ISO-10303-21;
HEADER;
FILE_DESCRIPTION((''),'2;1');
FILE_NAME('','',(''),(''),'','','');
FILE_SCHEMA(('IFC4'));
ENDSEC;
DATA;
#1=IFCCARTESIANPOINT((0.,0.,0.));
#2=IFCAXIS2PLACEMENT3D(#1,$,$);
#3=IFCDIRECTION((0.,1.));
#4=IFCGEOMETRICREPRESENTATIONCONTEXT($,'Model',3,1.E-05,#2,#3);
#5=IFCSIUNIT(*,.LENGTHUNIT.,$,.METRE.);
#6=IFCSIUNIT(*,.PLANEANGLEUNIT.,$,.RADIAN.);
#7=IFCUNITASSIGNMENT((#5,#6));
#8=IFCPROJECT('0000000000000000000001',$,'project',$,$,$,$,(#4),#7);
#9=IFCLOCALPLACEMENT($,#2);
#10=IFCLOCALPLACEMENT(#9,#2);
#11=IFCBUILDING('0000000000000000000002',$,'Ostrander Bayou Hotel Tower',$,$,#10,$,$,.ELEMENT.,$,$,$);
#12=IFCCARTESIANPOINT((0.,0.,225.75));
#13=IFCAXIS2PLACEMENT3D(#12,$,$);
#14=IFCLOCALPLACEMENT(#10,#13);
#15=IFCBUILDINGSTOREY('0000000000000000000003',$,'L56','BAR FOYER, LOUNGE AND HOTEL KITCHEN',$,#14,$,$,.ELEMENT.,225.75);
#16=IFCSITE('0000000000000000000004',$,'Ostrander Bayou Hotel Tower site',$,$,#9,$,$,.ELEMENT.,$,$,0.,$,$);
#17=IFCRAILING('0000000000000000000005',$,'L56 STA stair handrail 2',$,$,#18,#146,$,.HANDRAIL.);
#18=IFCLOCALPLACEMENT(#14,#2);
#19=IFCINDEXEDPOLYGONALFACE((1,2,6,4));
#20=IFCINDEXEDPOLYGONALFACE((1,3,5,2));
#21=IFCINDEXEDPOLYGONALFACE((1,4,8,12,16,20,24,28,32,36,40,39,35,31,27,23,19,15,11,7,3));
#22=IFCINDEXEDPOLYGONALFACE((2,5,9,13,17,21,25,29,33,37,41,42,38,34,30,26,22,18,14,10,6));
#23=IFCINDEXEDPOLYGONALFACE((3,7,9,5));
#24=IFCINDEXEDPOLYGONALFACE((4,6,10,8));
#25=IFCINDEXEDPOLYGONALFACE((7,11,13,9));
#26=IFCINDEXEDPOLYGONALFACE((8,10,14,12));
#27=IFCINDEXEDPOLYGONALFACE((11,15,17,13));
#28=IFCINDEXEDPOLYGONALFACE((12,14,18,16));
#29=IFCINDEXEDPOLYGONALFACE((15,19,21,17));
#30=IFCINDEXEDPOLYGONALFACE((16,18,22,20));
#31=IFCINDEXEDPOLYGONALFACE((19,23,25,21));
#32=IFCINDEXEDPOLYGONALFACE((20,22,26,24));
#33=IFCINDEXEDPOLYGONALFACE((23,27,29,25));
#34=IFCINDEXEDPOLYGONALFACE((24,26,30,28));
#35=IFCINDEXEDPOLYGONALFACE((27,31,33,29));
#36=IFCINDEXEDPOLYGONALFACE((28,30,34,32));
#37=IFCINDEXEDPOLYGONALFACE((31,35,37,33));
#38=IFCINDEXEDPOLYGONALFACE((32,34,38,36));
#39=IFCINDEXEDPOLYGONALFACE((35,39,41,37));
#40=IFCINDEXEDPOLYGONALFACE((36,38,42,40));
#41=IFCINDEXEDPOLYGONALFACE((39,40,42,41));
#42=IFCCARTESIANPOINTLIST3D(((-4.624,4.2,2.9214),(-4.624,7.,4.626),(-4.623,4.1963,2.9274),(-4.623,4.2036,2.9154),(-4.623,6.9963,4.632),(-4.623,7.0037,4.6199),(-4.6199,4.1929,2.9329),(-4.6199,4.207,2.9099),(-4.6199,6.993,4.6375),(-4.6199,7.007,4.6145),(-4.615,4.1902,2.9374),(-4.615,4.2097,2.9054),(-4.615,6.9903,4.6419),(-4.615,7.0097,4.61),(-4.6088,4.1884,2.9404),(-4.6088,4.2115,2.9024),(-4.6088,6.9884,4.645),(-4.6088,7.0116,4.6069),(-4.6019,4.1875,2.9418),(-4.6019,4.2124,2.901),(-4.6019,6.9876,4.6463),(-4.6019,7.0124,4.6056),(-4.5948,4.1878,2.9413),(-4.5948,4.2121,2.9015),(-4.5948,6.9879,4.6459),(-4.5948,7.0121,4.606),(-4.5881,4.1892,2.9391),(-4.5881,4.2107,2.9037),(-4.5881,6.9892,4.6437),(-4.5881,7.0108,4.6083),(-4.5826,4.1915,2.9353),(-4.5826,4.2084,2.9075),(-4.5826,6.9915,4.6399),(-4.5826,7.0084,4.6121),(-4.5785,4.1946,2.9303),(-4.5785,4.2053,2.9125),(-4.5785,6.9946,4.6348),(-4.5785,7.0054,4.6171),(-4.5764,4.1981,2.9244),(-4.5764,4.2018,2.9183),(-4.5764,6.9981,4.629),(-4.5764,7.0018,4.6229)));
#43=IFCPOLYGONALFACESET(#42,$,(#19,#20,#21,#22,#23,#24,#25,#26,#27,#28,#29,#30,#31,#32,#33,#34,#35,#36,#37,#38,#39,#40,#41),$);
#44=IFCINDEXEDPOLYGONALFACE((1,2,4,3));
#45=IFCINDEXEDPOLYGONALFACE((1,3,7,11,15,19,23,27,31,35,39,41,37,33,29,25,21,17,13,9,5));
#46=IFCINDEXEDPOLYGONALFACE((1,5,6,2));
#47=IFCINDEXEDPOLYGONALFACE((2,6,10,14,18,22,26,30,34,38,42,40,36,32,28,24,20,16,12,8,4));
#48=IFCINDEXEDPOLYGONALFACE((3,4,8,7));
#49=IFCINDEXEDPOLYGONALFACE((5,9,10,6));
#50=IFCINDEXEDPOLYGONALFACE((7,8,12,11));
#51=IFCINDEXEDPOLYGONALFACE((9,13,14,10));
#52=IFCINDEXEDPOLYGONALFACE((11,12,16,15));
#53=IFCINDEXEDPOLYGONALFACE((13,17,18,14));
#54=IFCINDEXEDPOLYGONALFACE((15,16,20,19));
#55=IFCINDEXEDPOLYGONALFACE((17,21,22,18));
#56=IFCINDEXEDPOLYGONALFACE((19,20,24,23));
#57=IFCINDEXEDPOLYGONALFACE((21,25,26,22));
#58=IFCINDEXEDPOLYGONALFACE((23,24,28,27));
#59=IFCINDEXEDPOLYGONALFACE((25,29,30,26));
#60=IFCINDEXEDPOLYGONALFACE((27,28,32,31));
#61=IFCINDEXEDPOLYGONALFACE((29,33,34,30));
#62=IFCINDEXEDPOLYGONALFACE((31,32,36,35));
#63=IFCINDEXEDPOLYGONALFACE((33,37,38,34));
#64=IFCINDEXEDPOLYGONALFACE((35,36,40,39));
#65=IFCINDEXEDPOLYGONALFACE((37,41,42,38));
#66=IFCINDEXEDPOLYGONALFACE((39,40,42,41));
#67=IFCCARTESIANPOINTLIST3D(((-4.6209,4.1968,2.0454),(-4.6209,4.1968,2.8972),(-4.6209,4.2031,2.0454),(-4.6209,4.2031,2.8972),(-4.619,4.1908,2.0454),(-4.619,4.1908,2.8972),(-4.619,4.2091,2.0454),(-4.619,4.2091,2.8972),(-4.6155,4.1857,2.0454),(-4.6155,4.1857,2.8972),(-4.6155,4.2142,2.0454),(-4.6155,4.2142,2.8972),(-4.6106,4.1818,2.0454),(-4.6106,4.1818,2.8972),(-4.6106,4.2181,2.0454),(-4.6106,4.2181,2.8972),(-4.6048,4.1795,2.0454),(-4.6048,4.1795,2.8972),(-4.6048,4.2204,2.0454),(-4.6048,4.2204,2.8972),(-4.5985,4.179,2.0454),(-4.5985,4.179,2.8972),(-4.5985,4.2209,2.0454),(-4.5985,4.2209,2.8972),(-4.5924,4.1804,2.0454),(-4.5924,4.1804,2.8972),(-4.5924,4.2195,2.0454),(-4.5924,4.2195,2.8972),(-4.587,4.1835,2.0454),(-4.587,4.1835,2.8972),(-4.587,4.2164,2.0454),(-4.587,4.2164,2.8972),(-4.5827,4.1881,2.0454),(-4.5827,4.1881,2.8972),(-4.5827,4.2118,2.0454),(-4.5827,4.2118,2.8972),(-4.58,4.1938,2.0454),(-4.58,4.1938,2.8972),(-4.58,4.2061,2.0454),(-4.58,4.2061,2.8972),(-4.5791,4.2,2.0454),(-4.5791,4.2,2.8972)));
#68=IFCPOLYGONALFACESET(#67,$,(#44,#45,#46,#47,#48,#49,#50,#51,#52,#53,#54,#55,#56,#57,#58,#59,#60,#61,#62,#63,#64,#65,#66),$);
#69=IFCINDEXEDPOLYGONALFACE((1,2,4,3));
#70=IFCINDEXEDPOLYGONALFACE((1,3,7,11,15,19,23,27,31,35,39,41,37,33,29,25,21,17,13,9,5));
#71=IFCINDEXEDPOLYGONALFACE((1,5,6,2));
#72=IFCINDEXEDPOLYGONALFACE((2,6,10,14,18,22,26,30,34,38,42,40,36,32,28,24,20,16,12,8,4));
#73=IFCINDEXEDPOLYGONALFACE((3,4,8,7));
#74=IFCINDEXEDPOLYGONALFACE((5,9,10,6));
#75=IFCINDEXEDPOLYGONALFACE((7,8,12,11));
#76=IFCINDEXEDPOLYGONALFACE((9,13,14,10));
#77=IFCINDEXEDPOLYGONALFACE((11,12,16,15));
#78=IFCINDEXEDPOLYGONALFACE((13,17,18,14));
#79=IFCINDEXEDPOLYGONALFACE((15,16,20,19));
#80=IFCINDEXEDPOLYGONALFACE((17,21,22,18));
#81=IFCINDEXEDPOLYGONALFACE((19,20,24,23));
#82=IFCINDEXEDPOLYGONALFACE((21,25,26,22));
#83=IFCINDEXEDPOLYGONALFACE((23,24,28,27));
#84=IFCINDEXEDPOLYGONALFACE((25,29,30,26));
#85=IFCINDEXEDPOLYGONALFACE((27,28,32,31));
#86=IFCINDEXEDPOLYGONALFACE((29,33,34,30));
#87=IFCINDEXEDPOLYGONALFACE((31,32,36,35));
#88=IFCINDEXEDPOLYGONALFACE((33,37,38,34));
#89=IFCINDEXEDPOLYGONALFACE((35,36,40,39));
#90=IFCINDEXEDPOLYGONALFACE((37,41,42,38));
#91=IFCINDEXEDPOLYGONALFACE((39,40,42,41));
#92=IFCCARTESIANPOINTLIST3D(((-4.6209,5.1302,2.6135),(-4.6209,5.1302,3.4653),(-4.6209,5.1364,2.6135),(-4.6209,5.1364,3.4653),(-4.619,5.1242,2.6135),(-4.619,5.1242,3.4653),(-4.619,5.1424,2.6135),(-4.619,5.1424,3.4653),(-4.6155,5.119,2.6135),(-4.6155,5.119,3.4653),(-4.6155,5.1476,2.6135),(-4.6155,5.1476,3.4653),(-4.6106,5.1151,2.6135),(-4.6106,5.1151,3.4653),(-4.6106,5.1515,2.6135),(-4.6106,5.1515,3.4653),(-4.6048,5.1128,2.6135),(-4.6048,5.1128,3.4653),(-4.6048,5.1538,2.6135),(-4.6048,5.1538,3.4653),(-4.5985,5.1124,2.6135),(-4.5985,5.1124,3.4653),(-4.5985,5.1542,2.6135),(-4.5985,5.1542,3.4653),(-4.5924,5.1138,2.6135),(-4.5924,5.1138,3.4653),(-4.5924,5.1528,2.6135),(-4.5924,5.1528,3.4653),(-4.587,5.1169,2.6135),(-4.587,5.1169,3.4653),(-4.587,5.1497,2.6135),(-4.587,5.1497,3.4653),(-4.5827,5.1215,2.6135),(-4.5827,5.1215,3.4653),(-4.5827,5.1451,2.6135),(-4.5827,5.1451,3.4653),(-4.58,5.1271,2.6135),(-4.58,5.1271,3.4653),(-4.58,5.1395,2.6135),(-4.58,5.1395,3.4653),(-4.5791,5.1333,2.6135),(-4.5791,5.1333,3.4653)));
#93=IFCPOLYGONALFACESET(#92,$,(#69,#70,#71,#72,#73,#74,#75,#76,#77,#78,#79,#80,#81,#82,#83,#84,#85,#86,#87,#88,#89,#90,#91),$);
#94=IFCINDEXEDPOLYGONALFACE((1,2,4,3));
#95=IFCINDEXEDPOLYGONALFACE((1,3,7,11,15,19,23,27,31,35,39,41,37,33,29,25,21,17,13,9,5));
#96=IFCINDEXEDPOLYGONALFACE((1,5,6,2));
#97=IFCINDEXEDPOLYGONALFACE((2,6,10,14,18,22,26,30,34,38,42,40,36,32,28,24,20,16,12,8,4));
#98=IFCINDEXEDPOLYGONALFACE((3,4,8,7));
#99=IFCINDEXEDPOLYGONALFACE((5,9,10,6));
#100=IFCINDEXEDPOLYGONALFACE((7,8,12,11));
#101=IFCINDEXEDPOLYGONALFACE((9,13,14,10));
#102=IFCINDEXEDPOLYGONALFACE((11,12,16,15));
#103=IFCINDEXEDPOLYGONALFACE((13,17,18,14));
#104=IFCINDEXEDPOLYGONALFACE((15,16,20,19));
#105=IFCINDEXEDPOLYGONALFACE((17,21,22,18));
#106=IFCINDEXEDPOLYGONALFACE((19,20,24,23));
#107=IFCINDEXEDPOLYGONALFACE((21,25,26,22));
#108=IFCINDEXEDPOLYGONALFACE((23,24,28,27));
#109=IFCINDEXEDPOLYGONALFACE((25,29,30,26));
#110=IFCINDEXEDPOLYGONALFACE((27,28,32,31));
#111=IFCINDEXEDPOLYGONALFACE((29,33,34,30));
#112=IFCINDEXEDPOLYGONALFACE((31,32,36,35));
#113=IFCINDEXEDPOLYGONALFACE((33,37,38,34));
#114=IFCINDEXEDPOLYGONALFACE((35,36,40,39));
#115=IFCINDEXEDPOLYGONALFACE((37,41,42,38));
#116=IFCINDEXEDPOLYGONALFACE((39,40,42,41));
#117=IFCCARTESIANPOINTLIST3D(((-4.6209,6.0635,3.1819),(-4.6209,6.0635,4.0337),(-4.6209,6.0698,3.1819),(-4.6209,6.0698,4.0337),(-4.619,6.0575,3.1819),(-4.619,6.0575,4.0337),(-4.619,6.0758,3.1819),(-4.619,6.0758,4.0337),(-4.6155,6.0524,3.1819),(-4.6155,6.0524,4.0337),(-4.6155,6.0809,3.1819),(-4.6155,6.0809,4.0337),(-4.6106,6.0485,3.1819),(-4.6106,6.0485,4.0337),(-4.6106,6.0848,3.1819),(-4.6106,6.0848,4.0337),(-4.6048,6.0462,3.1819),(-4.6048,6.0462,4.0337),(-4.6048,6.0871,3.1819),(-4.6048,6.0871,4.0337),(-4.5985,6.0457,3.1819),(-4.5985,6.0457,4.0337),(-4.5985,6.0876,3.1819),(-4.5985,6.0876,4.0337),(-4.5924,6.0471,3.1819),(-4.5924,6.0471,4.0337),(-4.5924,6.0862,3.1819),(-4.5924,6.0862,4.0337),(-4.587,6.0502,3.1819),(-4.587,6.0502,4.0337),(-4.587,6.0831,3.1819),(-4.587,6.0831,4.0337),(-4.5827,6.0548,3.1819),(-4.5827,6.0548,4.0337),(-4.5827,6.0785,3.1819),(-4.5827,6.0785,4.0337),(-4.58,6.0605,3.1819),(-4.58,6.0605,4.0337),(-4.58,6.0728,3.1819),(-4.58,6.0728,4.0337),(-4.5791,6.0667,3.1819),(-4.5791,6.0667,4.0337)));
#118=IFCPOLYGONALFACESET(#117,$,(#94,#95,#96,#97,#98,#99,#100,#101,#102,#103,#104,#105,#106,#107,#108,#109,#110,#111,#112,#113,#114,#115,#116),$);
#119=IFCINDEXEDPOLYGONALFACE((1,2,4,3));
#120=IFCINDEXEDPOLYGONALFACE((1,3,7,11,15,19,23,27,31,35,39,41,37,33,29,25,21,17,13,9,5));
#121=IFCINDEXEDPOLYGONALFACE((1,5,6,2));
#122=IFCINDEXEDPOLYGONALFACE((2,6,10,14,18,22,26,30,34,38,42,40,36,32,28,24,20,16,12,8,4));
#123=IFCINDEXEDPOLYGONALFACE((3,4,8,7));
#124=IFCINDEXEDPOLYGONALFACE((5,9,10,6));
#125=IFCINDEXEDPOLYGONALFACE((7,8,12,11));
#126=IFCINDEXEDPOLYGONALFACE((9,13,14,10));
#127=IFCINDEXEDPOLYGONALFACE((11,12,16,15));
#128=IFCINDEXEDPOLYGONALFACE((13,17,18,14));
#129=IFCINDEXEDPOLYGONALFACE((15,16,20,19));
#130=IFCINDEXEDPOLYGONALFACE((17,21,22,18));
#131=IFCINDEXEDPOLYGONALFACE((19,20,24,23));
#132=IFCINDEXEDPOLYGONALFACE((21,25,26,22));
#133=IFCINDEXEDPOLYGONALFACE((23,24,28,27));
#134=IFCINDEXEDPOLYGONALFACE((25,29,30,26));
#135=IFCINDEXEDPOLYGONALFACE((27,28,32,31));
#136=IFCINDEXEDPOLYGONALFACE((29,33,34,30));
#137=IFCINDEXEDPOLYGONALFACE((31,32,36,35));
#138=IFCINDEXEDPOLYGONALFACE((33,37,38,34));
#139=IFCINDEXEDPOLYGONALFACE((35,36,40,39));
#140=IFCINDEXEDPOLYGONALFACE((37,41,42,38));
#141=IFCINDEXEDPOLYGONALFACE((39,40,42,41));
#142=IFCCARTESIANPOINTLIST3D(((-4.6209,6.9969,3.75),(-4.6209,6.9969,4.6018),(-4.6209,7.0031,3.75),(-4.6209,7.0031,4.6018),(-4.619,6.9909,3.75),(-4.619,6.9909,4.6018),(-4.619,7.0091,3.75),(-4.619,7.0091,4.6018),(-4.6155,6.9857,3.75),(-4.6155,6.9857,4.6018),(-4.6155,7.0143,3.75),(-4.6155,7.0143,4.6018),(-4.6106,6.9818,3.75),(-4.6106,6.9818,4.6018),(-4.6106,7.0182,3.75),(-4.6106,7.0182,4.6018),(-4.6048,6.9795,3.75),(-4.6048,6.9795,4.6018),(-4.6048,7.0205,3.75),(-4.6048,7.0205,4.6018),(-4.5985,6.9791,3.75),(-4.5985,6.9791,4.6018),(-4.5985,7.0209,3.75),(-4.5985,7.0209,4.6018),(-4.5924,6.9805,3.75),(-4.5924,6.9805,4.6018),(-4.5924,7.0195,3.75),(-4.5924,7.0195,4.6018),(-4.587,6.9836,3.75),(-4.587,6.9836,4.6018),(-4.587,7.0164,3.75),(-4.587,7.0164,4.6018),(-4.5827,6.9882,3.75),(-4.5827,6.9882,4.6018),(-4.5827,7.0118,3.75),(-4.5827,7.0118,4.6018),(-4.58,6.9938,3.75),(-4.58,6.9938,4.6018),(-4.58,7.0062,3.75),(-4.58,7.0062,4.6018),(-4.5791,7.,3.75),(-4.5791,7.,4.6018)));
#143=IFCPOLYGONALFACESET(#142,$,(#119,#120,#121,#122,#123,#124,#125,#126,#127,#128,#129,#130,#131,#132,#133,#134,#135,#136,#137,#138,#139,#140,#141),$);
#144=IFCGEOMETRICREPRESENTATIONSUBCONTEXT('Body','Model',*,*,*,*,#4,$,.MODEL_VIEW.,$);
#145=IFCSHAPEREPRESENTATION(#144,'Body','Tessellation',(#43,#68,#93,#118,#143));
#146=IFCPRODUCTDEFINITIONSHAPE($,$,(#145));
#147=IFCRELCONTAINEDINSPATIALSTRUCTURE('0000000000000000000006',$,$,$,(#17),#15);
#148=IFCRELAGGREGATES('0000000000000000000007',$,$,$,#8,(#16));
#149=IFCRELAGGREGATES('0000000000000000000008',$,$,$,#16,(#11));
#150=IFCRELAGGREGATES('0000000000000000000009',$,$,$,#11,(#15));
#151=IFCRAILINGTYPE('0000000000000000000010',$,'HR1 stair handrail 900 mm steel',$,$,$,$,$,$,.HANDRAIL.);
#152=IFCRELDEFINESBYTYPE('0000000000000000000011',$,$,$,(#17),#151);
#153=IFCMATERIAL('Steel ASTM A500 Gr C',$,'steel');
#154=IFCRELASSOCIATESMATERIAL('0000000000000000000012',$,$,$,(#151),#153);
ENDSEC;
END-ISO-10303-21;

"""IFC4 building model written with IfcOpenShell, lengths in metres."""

from ifc_helpers import new_model, si_unit, direction, frame, origin, origin_2d, place, context, subcontext, project, spatial, circle, extrude, material, type_object, element, save


model = new_model("IFC4")

# Units and contexts
model_context = context("Model", 3, precision=1e-05, world=origin(), true_north=direction((0.0, 1.0)))
body_context = subcontext(model_context, "Body", "Model", "MODEL_VIEW")
ifc_project = project(units=[si_unit("LENGTHUNIT", "METRE"), si_unit("PLANEANGLEUNIT", "RADIAN")], contexts=[model_context])

# Site, building, storey
site_placement = place(None, origin())
site = spatial("IfcSite", under=ifc_project, at=site_placement, Name="Ostrander Bayou Hotel Tower site", CompositionType="ELEMENT", RefElevation=0.0)
building_placement = place(site_placement, origin())
building = spatial("IfcBuilding", under=site, at=building_placement, Name="Ostrander Bayou Hotel Tower", CompositionType="ELEMENT")
storey_placement = place(building_placement, frame((0.0, 0.0, 225.75)))
storey = spatial("IfcBuildingStorey", under=building, at=storey_placement, Name="L56", Description="BAR FOYER, LOUNGE AND HOTEL KITCHEN", CompositionType="ELEMENT", Elevation=225.75)

# Railing
ifc_material_1 = material(Name="Steel ASTM A500 Gr C", Category="steel")
railing_type_1 = type_object("IfcRailingType", Name="HR1 stair handrail 900 mm steel", PredefinedType="HANDRAIL", material=ifc_material_1)
railing_1_placement = place(storey_placement, frame((-4.6001, 4.2, 2.0454)))
element("IfcRailing", 1, at=railing_1_placement, inside=storey, type_object=railing_type_1, Name="L56 STA stair handrail 2", PredefinedType="HANDRAIL", context=body_context, shape_type="SweptSolid", body=[
    extrude(circle(Radius=0.0239, at=origin_2d()), frame((0.0, 0.0, 0.876), z_axis=(0.0, 0.85417, 0.519994), x_axis=(-1.0, 0.0, 0.0)), (0.0, 0.0, 1.0), 3.2781),
    extrude(circle(Radius=0.021, at=origin_2d()), origin(), (0.0, 0.0, 1.0), 0.8518),
    extrude(circle(Radius=0.021, at=origin_2d()), frame((0.0, 0.9333, 0.5681)), (0.0, 0.0, 1.0), 0.8518),
    extrude(circle(Radius=0.021, at=origin_2d()), frame((0.0, 1.8667, 1.1365)), (0.0, 0.0, 1.0), 0.8518),
    extrude(circle(Radius=0.021, at=origin_2d()), frame((0.0, 2.8, 1.7046)), (0.0, 0.0, 1.0), 0.8518),
])

save(model, "model.ifc")
